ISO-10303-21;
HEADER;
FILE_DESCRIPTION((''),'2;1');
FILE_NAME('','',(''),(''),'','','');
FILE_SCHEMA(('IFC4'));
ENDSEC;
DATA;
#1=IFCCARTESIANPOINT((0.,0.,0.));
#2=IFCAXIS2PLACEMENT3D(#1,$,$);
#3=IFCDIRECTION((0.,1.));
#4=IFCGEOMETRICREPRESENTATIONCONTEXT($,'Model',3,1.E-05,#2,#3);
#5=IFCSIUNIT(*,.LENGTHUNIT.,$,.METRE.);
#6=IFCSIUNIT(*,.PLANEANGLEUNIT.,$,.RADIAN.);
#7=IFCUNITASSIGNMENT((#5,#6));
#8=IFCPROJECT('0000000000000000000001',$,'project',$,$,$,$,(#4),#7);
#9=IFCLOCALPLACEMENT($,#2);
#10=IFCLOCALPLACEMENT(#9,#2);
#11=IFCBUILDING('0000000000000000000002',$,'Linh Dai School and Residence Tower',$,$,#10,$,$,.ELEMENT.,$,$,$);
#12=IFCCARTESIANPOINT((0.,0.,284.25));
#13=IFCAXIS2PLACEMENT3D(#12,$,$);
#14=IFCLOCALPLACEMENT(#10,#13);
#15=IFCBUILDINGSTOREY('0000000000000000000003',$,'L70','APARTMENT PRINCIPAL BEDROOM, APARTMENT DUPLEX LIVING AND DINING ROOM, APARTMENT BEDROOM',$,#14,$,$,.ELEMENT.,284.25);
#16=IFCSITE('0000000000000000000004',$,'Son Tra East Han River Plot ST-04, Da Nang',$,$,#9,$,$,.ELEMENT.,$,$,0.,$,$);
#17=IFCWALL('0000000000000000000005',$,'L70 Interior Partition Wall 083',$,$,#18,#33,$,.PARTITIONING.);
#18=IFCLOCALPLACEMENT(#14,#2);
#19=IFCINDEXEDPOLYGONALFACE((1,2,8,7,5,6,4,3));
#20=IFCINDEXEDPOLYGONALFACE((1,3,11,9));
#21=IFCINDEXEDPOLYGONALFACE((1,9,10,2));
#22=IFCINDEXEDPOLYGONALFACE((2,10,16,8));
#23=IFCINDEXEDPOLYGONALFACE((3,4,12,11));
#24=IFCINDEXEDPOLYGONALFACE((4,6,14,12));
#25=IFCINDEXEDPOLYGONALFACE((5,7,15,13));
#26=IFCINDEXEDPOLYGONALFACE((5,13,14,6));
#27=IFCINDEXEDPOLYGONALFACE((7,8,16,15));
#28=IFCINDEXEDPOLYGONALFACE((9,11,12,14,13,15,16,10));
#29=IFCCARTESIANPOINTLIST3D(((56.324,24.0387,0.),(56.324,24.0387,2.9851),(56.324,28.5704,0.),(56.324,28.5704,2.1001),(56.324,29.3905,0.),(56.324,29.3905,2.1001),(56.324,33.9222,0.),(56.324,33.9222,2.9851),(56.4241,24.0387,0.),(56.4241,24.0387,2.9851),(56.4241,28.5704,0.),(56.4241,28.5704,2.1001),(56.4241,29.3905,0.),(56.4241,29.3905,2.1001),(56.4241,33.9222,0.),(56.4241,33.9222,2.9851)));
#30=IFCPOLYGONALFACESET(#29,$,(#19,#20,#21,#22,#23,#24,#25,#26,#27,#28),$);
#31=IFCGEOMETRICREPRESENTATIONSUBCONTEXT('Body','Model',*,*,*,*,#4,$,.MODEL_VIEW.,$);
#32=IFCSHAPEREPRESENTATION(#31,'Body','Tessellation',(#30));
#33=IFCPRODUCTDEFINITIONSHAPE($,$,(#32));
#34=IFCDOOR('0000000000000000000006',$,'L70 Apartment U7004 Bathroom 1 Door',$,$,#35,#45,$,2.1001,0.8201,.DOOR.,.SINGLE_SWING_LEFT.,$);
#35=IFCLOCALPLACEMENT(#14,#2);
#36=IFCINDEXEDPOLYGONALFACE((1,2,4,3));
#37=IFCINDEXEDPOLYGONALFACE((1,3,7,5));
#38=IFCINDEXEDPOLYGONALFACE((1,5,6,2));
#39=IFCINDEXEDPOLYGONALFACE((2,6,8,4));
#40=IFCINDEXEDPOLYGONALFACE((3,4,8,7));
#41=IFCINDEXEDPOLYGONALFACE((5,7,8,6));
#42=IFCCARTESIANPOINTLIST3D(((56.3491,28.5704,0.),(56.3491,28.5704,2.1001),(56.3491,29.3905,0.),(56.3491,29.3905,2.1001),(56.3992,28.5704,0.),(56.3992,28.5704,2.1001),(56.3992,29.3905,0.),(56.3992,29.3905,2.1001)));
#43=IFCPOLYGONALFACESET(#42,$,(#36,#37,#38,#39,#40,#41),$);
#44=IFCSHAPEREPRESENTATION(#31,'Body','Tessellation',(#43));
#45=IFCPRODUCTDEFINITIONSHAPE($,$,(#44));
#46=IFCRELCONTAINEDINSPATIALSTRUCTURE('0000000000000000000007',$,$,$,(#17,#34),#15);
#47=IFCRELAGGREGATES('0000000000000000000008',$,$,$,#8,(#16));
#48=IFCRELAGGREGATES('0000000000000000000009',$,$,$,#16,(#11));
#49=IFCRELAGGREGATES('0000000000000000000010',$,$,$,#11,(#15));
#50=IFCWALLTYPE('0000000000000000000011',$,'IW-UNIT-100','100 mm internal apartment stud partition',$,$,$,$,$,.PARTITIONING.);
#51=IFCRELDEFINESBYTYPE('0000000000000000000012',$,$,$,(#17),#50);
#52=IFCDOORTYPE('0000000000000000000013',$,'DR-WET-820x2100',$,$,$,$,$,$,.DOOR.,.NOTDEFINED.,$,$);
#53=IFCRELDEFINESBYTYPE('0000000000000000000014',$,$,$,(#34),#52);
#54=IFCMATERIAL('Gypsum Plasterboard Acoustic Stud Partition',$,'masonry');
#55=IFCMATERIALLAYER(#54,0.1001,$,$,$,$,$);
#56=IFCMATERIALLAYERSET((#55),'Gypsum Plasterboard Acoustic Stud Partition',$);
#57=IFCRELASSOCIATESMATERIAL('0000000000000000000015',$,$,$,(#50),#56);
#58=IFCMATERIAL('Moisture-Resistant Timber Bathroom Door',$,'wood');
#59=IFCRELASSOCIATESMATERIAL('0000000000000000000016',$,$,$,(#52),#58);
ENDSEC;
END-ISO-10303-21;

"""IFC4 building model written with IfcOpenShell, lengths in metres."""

from ifc_helpers import new_model, si_unit, direction, frame, frame_2d, origin, origin_2d, place, context, subcontext, project, spatial, rectangle, extrude, source, transform, mapped, material, layer, layer_set, type_object, element, fill, save


model = new_model("IFC4")

# Units and contexts
model_context = context("Model", 3, precision=1e-05, world=origin(), true_north=direction((0.0, 1.0)))
body_context = subcontext(model_context, "Body", "Model", "MODEL_VIEW")
ifc_project = project(units=[si_unit("LENGTHUNIT", "METRE"), si_unit("PLANEANGLEUNIT", "RADIAN")], contexts=[model_context])

# Site, building, storey
site_placement = place(None, origin())
site = spatial("IfcSite", under=ifc_project, at=site_placement, Name="Son Tra East Han River Plot ST-04, Da Nang", CompositionType="ELEMENT", RefElevation=0.0)
building_placement = place(site_placement, origin())
building = spatial("IfcBuilding", under=site, at=building_placement, Name="Linh Dai School and Residence Tower", CompositionType="ELEMENT")
storey_placement = place(building_placement, frame((0.0, 0.0, 284.25)))
storey = spatial("IfcBuildingStorey", under=building, at=storey_placement, Name="L70", Description="APARTMENT PRINCIPAL BEDROOM, APARTMENT DUPLEX LIVING AND DINING ROOM, APARTMENT BEDROOM", CompositionType="ELEMENT", Elevation=284.25)

# Shared definitions
ifc_material_1 = material(Name="Gypsum Plasterboard Acoustic Stud Partition", Category="masonry")
ifc_layer_1 = layer(ifc_material_1, 0.1001)
ifc_layer_set_1 = layer_set([ifc_layer_1], Name="Gypsum Plasterboard Acoustic Stud Partition")
wall_type_1 = type_object("IfcWallType", Name="IW-UNIT-100", Description="100 mm internal apartment stud partition", PredefinedType="PARTITIONING", material=ifc_layer_set_1)

# Wall, opening, door
wall_1_placement = place(storey_placement, frame((56.374, 24.0386, 0.0), z_axis=(0.0, 0.0, 1.0), x_axis=(0.0, 1.0, 0.0)))
wall_1 = element("IfcWall", 1, at=wall_1_placement, inside=storey, type_object=wall_type_1, Name="L70 Interior Partition Wall 083", PredefinedType="PARTITIONING", context=body_context, shape_type="SweptSolid", body=[
    extrude(rectangle(XDim=9.8835, YDim=0.1001, at=frame_2d((4.9419, 0.0))), origin(), (0.0, 0.0, 1.0), 2.9851),
])
opening_1_placement = place(wall_1_placement, frame((4.5317, 0.0, 0.0)))
opening_1 = element("IfcOpeningElement", 2, at=opening_1_placement, cuts=wall_1, PredefinedType="OPENING", context=body_context, shape_type="SweptSolid", body=[
    extrude(rectangle(XDim=0.8201, YDim=2.1001, at=origin_2d()), frame((0.4102, 0.0601, 1.05), z_axis=(0.0, -1.0, 0.0), x_axis=(1.0, 0.0, 0.0)), (0.0, 0.0, 1.0), 0.1201),
])
ifc_material_2 = material(Name="Moisture-Resistant Timber Bathroom Door", Category="wood")
door_type_1 = type_object("IfcDoorType", Name="DR-WET-820x2100", OperationType="NOTDEFINED", PredefinedType="DOOR", material=ifc_material_2)
shared_shape_1 = source(origin(), body_context, "Body", "SweptSolid", [
    extrude(rectangle(XDim=0.8201, YDim=2.1001, at=origin_2d()), frame((0.4102, 0.0249, 1.05), z_axis=(0.0, -1.0, 0.0), x_axis=(1.0, 0.0, 0.0)), (0.0, 0.0, 1.0), 0.05),
])
door_1_placement = place(opening_1_placement, origin())
door_1 = element("IfcDoor", 3, at=door_1_placement, inside=storey, type_object=door_type_1, Name="L70 Apartment U7004 Bathroom 1 Door", OperationType="SINGLE_SWING_LEFT", OverallHeight=2.1001, OverallWidth=0.8201, PredefinedType="DOOR", context=body_context, shape_type="MappedRepresentation", body=[
    mapped(shared_shape_1, transform((0.0, 0.0, 0.0), x_axis=(1.0, 0.0, 0.0), y_axis=(0.0, 1.0, 0.0), z_axis=(0.0, 0.0, 1.0), scale=1.0)),
])
fill(opening_1, door_1)

save(model, "model.ifc")
